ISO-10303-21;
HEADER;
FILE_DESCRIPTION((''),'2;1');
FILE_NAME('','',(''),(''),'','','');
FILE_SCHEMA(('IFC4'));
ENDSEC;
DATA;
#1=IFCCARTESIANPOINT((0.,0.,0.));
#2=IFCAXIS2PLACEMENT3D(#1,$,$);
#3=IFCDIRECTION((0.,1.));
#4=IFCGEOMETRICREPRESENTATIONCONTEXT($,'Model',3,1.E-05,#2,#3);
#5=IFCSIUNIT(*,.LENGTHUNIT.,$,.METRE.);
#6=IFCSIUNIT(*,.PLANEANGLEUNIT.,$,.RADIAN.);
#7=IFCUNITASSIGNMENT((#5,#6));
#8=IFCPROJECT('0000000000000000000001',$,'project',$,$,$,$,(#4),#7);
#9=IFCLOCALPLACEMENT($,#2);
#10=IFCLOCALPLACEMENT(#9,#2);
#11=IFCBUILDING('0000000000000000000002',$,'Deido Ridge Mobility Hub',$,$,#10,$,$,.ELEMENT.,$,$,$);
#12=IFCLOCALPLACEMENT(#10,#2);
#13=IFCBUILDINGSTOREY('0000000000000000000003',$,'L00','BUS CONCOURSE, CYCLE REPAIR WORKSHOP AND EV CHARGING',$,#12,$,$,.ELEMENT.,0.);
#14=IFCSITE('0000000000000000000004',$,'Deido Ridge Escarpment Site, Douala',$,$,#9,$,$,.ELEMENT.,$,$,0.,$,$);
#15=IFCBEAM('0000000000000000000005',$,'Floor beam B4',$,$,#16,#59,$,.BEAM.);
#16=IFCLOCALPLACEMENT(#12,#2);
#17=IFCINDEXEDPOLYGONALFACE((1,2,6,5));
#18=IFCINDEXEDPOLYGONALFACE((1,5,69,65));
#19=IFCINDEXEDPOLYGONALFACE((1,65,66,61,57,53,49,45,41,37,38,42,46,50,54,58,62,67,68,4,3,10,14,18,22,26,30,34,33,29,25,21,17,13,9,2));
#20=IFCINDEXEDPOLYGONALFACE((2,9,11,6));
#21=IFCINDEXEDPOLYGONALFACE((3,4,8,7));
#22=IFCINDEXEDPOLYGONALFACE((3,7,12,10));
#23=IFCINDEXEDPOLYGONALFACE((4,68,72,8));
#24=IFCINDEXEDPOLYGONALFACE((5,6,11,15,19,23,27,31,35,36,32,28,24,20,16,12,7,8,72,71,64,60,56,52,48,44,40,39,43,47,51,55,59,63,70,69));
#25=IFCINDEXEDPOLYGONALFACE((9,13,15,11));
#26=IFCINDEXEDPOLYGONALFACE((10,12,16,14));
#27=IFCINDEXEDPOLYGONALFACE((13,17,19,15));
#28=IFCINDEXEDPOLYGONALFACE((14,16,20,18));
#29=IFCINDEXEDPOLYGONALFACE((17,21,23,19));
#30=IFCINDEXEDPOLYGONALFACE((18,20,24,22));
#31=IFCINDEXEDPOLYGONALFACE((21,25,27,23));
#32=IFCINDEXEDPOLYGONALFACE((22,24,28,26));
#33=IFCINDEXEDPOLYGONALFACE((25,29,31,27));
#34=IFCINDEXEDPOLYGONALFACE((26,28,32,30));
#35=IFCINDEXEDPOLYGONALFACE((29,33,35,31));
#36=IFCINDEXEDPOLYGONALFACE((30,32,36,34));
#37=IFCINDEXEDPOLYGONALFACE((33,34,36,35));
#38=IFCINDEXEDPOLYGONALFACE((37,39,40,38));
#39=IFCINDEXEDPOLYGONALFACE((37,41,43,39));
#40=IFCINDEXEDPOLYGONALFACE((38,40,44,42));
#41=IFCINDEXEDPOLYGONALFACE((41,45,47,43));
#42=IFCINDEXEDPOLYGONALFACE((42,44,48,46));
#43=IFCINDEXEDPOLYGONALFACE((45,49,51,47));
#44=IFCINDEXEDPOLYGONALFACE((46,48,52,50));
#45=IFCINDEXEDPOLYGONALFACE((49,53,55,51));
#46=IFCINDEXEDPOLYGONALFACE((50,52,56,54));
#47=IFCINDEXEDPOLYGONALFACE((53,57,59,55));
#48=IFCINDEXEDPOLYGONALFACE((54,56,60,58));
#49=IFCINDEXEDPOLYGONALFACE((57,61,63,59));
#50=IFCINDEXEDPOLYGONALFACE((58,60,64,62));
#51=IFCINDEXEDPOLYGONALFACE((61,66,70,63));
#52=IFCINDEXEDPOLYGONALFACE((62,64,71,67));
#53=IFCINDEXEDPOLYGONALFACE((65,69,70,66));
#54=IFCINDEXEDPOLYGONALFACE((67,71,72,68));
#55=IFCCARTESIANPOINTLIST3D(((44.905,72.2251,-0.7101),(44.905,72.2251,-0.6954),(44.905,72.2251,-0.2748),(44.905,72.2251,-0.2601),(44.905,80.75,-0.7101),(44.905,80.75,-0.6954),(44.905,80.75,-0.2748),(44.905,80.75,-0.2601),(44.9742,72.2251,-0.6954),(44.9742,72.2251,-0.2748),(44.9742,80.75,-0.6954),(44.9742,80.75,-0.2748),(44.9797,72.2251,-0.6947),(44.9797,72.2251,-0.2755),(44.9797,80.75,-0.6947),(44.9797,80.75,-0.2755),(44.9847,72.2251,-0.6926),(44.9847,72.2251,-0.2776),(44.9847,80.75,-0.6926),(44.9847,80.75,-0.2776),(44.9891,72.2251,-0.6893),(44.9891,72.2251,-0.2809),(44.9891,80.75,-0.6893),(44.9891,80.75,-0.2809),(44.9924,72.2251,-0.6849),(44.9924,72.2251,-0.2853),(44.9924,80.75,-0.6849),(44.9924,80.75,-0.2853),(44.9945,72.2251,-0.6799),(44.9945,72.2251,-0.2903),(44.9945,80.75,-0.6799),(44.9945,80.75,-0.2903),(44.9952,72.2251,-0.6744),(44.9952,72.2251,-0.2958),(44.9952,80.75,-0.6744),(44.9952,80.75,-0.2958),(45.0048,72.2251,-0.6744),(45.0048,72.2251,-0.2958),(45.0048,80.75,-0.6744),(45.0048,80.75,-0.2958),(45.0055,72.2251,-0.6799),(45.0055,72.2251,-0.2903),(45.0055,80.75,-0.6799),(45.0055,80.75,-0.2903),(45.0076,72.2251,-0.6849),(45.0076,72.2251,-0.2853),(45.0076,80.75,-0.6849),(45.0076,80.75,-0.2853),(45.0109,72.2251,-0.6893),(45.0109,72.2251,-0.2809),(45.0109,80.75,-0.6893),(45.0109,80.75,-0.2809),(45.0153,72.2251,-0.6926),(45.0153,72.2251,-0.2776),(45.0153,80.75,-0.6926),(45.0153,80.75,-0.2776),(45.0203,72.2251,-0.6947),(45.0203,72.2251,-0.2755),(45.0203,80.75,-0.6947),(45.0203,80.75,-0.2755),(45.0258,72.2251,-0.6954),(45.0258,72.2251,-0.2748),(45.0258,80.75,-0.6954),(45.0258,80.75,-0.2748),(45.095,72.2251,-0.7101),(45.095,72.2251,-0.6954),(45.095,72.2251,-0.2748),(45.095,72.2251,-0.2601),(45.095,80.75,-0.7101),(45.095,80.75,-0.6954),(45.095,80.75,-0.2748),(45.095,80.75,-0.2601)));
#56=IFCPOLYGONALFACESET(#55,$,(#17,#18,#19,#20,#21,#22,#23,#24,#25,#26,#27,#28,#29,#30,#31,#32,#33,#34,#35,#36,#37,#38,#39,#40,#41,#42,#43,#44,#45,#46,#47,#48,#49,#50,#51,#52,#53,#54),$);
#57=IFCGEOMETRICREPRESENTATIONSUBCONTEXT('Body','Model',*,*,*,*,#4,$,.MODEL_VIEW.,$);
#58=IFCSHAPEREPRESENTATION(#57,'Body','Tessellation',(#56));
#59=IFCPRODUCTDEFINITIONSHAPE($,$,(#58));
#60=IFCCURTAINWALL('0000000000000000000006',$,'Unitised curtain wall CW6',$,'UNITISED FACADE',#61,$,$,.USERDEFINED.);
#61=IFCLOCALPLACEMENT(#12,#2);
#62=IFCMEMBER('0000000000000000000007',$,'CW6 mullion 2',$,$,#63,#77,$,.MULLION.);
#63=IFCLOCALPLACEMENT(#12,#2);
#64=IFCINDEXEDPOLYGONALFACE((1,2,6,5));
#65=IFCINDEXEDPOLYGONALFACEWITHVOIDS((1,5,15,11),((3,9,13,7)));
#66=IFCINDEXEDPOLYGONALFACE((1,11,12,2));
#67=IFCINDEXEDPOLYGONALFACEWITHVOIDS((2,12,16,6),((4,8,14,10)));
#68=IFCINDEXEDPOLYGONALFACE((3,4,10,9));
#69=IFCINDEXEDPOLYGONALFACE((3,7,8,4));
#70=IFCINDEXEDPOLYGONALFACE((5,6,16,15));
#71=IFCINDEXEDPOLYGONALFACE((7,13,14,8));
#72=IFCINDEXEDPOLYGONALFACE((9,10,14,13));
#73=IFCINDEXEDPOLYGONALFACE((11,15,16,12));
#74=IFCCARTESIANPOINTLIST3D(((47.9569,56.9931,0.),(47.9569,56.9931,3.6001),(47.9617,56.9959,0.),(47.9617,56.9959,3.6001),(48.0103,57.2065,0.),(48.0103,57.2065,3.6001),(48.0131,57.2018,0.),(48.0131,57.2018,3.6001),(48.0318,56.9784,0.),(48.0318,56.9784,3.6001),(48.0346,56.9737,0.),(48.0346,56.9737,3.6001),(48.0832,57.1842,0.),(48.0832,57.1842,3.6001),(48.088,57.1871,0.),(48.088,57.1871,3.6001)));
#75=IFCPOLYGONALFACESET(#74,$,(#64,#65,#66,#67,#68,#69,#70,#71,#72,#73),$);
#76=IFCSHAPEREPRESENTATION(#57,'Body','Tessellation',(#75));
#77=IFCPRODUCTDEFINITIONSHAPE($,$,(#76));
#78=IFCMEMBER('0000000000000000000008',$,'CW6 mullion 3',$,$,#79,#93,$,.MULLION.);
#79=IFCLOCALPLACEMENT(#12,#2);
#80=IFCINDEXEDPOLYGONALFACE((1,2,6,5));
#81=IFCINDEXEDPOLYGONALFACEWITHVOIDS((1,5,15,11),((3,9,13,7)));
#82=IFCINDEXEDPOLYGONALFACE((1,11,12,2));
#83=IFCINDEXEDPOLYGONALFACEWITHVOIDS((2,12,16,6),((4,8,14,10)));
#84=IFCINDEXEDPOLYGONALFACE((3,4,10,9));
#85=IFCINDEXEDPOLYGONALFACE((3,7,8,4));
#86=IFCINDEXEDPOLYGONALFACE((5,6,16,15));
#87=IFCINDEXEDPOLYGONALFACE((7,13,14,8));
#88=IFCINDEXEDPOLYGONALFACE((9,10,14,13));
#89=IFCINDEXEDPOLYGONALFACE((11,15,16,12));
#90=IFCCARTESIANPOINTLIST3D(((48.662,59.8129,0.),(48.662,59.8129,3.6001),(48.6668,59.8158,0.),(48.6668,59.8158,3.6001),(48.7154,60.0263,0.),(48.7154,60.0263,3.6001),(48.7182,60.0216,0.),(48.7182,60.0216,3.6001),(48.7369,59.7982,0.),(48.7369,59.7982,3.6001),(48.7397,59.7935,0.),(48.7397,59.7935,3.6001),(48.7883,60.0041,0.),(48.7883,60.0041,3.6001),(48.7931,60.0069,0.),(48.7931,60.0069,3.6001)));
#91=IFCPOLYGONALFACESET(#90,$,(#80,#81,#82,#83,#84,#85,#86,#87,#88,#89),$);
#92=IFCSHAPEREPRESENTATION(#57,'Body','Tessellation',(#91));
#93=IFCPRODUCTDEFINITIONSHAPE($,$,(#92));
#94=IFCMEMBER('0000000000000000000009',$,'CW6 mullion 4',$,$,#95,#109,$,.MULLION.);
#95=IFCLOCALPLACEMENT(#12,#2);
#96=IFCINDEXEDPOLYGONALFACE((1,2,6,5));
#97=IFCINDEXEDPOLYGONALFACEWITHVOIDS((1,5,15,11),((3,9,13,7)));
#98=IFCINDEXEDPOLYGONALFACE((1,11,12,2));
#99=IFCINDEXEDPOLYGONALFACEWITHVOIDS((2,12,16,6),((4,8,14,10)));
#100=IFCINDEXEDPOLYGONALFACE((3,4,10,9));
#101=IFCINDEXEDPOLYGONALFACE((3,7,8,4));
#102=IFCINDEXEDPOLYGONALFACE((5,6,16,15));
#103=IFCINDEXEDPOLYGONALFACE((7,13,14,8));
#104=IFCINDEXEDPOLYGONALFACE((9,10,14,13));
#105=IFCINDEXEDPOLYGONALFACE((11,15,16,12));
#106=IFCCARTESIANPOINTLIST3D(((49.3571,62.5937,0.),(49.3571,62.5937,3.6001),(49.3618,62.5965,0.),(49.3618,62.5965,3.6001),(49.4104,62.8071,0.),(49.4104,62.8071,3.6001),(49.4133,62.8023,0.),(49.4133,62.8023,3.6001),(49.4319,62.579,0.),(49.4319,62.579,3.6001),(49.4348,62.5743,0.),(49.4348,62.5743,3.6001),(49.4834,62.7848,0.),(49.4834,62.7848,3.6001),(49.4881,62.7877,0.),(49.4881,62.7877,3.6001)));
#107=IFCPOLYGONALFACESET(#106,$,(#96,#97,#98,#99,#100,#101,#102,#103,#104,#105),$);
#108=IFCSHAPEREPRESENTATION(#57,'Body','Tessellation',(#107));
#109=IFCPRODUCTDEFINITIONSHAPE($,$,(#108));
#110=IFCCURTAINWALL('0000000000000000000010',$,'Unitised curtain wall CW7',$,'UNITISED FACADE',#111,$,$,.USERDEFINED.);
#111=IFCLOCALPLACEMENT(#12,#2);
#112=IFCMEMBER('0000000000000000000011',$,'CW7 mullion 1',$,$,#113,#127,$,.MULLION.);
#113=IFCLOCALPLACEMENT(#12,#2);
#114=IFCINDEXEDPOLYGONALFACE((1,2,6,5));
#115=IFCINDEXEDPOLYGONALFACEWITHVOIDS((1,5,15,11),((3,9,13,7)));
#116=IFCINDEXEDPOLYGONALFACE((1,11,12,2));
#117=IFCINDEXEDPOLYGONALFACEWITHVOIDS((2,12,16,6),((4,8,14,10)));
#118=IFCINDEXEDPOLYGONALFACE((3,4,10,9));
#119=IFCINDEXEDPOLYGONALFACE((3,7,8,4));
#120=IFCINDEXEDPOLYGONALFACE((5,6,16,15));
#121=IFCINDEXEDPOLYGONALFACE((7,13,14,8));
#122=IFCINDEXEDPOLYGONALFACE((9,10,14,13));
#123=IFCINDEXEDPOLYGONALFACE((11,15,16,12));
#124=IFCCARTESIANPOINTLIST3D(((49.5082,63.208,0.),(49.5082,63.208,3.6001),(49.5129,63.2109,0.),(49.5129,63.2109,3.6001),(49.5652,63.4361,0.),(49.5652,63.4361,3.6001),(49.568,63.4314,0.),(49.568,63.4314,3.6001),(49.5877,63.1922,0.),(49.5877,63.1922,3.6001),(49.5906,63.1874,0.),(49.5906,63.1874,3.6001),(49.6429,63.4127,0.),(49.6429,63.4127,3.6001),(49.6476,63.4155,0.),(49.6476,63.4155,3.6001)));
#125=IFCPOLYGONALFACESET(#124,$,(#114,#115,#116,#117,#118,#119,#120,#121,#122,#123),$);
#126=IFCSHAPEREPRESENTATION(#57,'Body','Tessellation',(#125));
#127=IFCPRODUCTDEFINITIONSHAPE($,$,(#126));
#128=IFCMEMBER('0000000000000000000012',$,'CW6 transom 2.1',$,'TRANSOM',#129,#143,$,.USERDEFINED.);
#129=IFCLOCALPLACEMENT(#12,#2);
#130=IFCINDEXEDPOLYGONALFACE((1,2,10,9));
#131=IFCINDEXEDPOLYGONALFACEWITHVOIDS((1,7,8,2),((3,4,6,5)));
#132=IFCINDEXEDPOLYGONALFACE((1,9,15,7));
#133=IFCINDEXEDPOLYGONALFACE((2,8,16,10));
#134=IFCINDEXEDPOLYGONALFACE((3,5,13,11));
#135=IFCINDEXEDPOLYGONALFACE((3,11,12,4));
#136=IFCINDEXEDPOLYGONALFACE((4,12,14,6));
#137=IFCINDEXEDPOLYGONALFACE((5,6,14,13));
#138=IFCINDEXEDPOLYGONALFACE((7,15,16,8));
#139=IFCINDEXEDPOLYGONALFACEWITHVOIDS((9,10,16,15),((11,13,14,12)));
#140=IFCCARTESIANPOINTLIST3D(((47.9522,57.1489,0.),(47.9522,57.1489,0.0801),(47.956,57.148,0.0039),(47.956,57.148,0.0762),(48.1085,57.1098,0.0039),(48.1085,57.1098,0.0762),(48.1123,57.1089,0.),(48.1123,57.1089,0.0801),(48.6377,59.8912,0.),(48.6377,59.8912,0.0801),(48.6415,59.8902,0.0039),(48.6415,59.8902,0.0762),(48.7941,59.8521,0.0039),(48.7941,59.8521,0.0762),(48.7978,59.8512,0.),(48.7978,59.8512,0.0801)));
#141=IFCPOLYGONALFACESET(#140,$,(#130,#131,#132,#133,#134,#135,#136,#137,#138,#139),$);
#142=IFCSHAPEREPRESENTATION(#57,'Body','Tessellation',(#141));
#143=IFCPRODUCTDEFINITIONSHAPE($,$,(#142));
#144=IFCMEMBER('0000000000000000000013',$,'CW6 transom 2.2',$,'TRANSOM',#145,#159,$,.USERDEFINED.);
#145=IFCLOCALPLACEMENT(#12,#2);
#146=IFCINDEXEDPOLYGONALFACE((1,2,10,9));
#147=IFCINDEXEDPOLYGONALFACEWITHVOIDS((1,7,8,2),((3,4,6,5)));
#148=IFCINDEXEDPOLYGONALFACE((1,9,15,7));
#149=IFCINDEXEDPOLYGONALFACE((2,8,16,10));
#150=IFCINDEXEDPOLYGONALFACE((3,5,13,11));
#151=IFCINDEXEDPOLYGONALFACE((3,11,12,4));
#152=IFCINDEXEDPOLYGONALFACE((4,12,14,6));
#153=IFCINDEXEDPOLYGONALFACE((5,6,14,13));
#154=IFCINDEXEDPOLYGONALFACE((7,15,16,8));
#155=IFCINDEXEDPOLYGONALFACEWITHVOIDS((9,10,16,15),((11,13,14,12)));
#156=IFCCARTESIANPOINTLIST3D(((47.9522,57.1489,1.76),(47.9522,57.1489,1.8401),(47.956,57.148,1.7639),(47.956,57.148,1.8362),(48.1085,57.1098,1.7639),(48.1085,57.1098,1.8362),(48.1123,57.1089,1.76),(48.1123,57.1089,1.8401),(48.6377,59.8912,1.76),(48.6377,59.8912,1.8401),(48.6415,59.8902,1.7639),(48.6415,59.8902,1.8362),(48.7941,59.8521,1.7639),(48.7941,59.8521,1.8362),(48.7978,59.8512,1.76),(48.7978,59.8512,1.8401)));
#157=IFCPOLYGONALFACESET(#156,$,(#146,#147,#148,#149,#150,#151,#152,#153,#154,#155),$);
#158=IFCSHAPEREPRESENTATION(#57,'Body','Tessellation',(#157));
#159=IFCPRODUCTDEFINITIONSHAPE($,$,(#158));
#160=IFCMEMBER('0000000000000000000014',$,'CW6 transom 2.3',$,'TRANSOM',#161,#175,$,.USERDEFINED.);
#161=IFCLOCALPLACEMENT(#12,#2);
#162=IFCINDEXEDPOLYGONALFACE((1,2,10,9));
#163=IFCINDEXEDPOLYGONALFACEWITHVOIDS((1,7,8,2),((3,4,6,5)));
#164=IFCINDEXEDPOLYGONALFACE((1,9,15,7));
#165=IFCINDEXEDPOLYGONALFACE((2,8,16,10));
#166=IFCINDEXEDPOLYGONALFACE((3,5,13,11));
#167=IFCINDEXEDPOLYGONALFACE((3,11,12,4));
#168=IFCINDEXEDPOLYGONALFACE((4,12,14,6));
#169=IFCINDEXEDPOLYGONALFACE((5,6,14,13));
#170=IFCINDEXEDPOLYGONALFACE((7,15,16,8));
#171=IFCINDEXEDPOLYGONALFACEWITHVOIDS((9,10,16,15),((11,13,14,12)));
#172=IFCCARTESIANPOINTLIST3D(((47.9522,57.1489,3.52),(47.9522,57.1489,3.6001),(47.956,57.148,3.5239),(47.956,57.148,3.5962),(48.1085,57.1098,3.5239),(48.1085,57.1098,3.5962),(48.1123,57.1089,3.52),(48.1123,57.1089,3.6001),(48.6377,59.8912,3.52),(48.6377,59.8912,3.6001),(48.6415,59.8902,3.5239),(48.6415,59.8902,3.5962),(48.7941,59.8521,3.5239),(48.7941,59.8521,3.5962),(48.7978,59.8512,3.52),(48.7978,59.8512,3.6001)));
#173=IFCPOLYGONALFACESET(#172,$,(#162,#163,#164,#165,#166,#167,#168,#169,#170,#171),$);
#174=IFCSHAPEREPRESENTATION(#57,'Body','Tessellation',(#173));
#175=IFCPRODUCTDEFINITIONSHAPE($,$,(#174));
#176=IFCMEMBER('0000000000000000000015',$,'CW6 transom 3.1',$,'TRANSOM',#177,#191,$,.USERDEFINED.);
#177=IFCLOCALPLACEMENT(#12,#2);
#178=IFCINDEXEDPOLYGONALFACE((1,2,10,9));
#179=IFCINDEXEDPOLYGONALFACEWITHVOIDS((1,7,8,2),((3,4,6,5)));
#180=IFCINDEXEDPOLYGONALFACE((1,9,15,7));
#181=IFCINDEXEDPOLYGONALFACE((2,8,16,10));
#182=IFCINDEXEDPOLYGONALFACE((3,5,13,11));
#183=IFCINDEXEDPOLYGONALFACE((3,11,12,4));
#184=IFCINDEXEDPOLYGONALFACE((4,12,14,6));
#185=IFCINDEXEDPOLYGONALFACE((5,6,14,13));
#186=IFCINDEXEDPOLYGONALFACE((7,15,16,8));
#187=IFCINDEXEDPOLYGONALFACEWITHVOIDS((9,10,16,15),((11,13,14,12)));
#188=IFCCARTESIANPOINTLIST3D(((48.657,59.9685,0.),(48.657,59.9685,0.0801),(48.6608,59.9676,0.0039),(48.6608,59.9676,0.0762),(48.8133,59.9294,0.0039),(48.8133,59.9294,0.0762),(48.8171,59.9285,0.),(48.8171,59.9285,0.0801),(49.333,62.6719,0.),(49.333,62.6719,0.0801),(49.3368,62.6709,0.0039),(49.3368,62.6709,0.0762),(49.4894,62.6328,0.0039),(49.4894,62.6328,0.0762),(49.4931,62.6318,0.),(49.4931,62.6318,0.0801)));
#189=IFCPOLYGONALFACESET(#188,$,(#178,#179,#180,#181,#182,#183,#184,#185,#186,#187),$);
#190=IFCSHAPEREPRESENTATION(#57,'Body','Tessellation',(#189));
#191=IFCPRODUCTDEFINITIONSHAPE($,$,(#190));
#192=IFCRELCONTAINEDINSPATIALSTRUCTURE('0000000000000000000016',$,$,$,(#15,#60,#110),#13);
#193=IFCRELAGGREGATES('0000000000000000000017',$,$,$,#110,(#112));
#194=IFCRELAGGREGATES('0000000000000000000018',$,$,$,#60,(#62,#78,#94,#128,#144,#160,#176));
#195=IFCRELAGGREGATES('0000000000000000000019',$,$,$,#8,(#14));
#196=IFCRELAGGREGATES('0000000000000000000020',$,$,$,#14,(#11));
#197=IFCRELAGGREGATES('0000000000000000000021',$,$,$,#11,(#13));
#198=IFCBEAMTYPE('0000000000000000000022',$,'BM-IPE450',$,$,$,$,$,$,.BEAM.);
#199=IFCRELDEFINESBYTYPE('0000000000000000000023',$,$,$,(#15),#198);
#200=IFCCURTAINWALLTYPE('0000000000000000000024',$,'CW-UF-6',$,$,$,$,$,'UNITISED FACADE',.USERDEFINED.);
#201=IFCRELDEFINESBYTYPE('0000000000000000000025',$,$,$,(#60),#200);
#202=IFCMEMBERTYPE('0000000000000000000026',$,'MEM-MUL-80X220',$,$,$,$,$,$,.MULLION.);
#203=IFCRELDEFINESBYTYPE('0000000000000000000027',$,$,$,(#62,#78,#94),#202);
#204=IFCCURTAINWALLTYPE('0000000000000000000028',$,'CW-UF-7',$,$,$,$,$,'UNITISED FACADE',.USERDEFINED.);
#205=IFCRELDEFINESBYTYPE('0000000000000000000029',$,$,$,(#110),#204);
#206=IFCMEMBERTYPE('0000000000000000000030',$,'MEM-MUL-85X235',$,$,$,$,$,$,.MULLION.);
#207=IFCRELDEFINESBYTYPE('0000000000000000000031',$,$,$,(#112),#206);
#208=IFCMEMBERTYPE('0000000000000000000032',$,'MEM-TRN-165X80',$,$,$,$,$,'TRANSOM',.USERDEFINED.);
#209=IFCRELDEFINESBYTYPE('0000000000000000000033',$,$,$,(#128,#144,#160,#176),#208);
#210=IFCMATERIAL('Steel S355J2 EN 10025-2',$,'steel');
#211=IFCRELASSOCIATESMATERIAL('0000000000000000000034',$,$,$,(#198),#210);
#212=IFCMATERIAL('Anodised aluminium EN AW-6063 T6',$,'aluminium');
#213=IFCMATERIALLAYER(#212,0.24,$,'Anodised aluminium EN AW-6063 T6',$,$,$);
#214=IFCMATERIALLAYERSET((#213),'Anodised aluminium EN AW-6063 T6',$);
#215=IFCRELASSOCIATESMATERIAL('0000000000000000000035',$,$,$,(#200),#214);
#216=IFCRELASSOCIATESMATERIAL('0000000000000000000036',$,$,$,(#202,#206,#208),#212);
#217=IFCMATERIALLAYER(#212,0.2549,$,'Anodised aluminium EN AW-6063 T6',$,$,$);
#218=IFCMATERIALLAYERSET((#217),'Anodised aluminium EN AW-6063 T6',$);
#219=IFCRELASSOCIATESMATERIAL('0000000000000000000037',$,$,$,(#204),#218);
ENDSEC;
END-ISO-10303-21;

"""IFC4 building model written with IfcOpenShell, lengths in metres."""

from ifc_helpers import new_model, si_unit, direction, frame, origin, origin_2d, place, context, subcontext, project, spatial, hollow_rectangle, i_section, extrude, material, layer, layer_set, material_profile, profile_set, type_object, element, aggregate, save


model = new_model("IFC4")

# Units and contexts
model_context = context("Model", 3, precision=1e-05, world=origin(), true_north=direction((0.0, 1.0)))
body_context = subcontext(model_context, "Body", "Model", "MODEL_VIEW")
ifc_project = project(units=[si_unit("LENGTHUNIT", "METRE"), si_unit("PLANEANGLEUNIT", "RADIAN")], contexts=[model_context])

# Site, building, storey
site_placement = place(None, origin())
site = spatial("IfcSite", under=ifc_project, at=site_placement, Name="Deido Ridge Escarpment Site, Douala", CompositionType="ELEMENT", RefElevation=0.0)
building_placement = place(site_placement, origin())
building = spatial("IfcBuilding", under=site, at=building_placement, Name="Deido Ridge Mobility Hub", CompositionType="ELEMENT")
storey_placement = place(building_placement, origin())
storey = spatial("IfcBuildingStorey", under=building, at=storey_placement, Name="L00", Description="BUS CONCOURSE, CYCLE REPAIR WORKSHOP AND EV CHARGING", CompositionType="ELEMENT", Elevation=0.0)

# Shared definitions
ifc_material_1 = material(Name="Steel S355J2 EN 10025-2", Category="steel")

# Beam
ifc_material_profile_1 = material_profile(ifc_material_1, i_section(OverallWidth=0.1899, OverallDepth=0.45, WebThickness=0.0095, FlangeThickness=0.0146, FilletRadius=0.021, at=origin_2d()), Name="IPE 450")
ifc_profile_set_1 = profile_set([ifc_material_profile_1], Name="Steel S355J2 EN 10025-2")
beam_type_1 = type_object("IfcBeamType", Name="BM-IPE450", PredefinedType="BEAM", material=ifc_profile_set_1)
beam_1_placement = place(storey_placement, frame((45.0, 72.2251, -0.4851), z_axis=(0.0, 1.0, 0.0), x_axis=(-1.0, 0.0, 0.0)))
element("IfcBeam", 1, at=beam_1_placement, inside=storey, type_object=beam_type_1, Name="Floor beam B4", PredefinedType="BEAM", context=body_context, shape_type="SweptSolid", body=[
    extrude(i_section(OverallWidth=0.1899, OverallDepth=0.45, WebThickness=0.0095, FlangeThickness=0.0146, FilletRadius=0.021, at=origin_2d()), origin(), (0.0, 0.0, 1.0), 8.5249),
])

# Curtain wall, members
ifc_material_2 = material(Name="Anodised aluminium EN AW-6063 T6", Category="aluminium")
ifc_layer_1 = layer(ifc_material_2, 0.24, Name="Anodised aluminium EN AW-6063 T6")
ifc_layer_set_1 = layer_set([ifc_layer_1], Name="Anodised aluminium EN AW-6063 T6")
curtain_wall_type_1 = type_object("IfcCurtainWallType", Name="CW-UF-6", ElementType="UNITISED FACADE", PredefinedType="USERDEFINED", material=ifc_layer_set_1)
curtain_wall_1_placement = place(storey_placement, origin())
curtain_wall_1 = element("IfcCurtainWall", 2, at=curtain_wall_1_placement, inside=storey, type_object=curtain_wall_type_1, Name="Unitised curtain wall CW6", ObjectType="UNITISED FACADE", PredefinedType="USERDEFINED")
ifc_material_profile_2 = material_profile(ifc_material_2, hollow_rectangle(XDim=0.0801, YDim=0.22, WallThickness=0.0039, at=origin_2d()), Name="RHS 80x220x4")
ifc_profile_set_2 = profile_set([ifc_material_profile_2], Name="Anodised aluminium EN AW-6063 T6")
member_type_1 = type_object("IfcMemberType", Name="MEM-MUL-80X220", PredefinedType="MULLION", material=ifc_profile_set_2)
member_1_placement = place(storey_placement, frame((48.0225, 57.0901, 0.0), z_axis=(0.0, 0.0, 1.0), x_axis=(-0.97014, 0.242546, 0.0)))
member_1 = element("IfcMember", 3, at=member_1_placement, type_object=member_type_1, Name="CW6 mullion 2", PredefinedType="MULLION", context=body_context, shape_type="SweptSolid", body=[
    extrude(hollow_rectangle(XDim=0.0801, YDim=0.22, WallThickness=0.0039, at=origin_2d()), origin(), (0.0, 0.0, 1.0), 3.6001),
])
member_2_placement = place(storey_placement, frame((48.7275, 59.9099, 0.0), z_axis=(0.0, 0.0, 1.0), x_axis=(-0.97014, 0.242546, 0.0)))
member_2 = element("IfcMember", 4, at=member_2_placement, type_object=member_type_1, Name="CW6 mullion 3", PredefinedType="MULLION", context=body_context, shape_type="SweptSolid", body=[
    extrude(hollow_rectangle(XDim=0.0801, YDim=0.22, WallThickness=0.0039, at=origin_2d()), origin(), (0.0, 0.0, 1.0), 3.6001),
])
member_3_placement = place(storey_placement, frame((49.4226, 62.6907, 0.0), z_axis=(0.0, 0.0, 1.0), x_axis=(-0.97014, 0.242546, 0.0)))
member_3 = element("IfcMember", 5, at=member_3_placement, type_object=member_type_1, Name="CW6 mullion 4", PredefinedType="MULLION", context=body_context, shape_type="SweptSolid", body=[
    extrude(hollow_rectangle(XDim=0.0801, YDim=0.22, WallThickness=0.0039, at=origin_2d()), origin(), (0.0, 0.0, 1.0), 3.6001),
])

# Curtain wall, member
ifc_layer_2 = layer(ifc_material_2, 0.2549, Name="Anodised aluminium EN AW-6063 T6")
ifc_layer_set_2 = layer_set([ifc_layer_2], Name="Anodised aluminium EN AW-6063 T6")
curtain_wall_type_2 = type_object("IfcCurtainWallType", Name="CW-UF-7", ElementType="UNITISED FACADE", PredefinedType="USERDEFINED", material=ifc_layer_set_2)
curtain_wall_2_placement = place(storey_placement, origin())
curtain_wall_2 = element("IfcCurtainWall", 6, at=curtain_wall_2_placement, inside=storey, type_object=curtain_wall_type_2, Name="Unitised curtain wall CW7", ObjectType="UNITISED FACADE", PredefinedType="USERDEFINED")
ifc_material_profile_3 = material_profile(ifc_material_2, hollow_rectangle(XDim=0.085, YDim=0.2351, WallThickness=0.0039, at=origin_2d()), Name="RHS 85x235x4")
ifc_profile_set_3 = profile_set([ifc_material_profile_3], Name="Anodised aluminium EN AW-6063 T6")
member_type_2 = type_object("IfcMemberType", Name="MEM-MUL-85X235", PredefinedType="MULLION", material=ifc_profile_set_3)
member_4_placement = place(storey_placement, frame((49.5779, 63.3118, 0.0), z_axis=(0.0, 0.0, 1.0), x_axis=(-0.97014, 0.242546, 0.0)))
member_4 = element("IfcMember", 7, at=member_4_placement, type_object=member_type_2, Name="CW7 mullion 1", PredefinedType="MULLION", context=body_context, shape_type="SweptSolid", body=[
    extrude(hollow_rectangle(XDim=0.085, YDim=0.2351, WallThickness=0.0039, at=origin_2d()), origin(), (0.0, 0.0, 1.0), 3.6001),
])
aggregate(curtain_wall_2, [member_4])

# Members
ifc_material_profile_4 = material_profile(ifc_material_2, hollow_rectangle(XDim=0.165, YDim=0.0801, WallThickness=0.0039, at=origin_2d()), Name="RHS 165x80x4")
ifc_profile_set_4 = profile_set([ifc_material_profile_4], Name="Anodised aluminium EN AW-6063 T6")
member_type_3 = type_object("IfcMemberType", Name="MEM-TRN-165X80", ElementType="TRANSOM", PredefinedType="USERDEFINED", material=ifc_profile_set_4)
member_5_placement = place(storey_placement, frame((48.0322, 57.1289, 0.04), z_axis=(0.242536, 0.970143, 0.0), x_axis=(-0.970143, 0.242536, 0.0)))
member_5 = element("IfcMember", 8, at=member_5_placement, type_object=member_type_3, Name="CW6 transom 2.1", ObjectType="TRANSOM", PredefinedType="USERDEFINED", context=body_context, shape_type="SweptSolid", body=[
    extrude(hollow_rectangle(XDim=0.165, YDim=0.0801, WallThickness=0.0039, at=origin_2d()), origin(), (0.0, 0.0, 1.0), 2.8267),
])
member_6_placement = place(storey_placement, frame((48.0322, 57.1289, 1.8), z_axis=(0.242536, 0.970143, 0.0), x_axis=(-0.970143, 0.242536, 0.0)))
member_6 = element("IfcMember", 9, at=member_6_placement, type_object=member_type_3, Name="CW6 transom 2.2", ObjectType="TRANSOM", PredefinedType="USERDEFINED", context=body_context, shape_type="SweptSolid", body=[
    extrude(hollow_rectangle(XDim=0.165, YDim=0.0801, WallThickness=0.0039, at=origin_2d()), origin(), (0.0, 0.0, 1.0), 2.8267),
])
member_7_placement = place(storey_placement, frame((48.0322, 57.1289, 3.5601), z_axis=(0.242536, 0.970143, 0.0), x_axis=(-0.970143, 0.242536, 0.0)))
member_7 = element("IfcMember", 10, at=member_7_placement, type_object=member_type_3, Name="CW6 transom 2.3", ObjectType="TRANSOM", PredefinedType="USERDEFINED", context=body_context, shape_type="SweptSolid", body=[
    extrude(hollow_rectangle(XDim=0.165, YDim=0.0801, WallThickness=0.0039, at=origin_2d()), origin(), (0.0, 0.0, 1.0), 2.8267),
])
member_8_placement = place(storey_placement, frame((48.7371, 59.9485, 0.04), z_axis=(0.242597, 0.970127, 0.0), x_axis=(-0.970127, 0.242597, 0.0)))
member_8 = element("IfcMember", 11, at=member_8_placement, type_object=member_type_3, Name="CW6 transom 3.1", ObjectType="TRANSOM", PredefinedType="USERDEFINED", context=body_context, shape_type="SweptSolid", body=[
    extrude(hollow_rectangle(XDim=0.165, YDim=0.0801, WallThickness=0.0039, at=origin_2d()), origin(), (0.0, 0.0, 1.0), 2.7866),
])

aggregate(curtain_wall_1, [member_1, member_2, member_3, member_5, member_6, member_7, member_8])

save(model, "model.ifc")
